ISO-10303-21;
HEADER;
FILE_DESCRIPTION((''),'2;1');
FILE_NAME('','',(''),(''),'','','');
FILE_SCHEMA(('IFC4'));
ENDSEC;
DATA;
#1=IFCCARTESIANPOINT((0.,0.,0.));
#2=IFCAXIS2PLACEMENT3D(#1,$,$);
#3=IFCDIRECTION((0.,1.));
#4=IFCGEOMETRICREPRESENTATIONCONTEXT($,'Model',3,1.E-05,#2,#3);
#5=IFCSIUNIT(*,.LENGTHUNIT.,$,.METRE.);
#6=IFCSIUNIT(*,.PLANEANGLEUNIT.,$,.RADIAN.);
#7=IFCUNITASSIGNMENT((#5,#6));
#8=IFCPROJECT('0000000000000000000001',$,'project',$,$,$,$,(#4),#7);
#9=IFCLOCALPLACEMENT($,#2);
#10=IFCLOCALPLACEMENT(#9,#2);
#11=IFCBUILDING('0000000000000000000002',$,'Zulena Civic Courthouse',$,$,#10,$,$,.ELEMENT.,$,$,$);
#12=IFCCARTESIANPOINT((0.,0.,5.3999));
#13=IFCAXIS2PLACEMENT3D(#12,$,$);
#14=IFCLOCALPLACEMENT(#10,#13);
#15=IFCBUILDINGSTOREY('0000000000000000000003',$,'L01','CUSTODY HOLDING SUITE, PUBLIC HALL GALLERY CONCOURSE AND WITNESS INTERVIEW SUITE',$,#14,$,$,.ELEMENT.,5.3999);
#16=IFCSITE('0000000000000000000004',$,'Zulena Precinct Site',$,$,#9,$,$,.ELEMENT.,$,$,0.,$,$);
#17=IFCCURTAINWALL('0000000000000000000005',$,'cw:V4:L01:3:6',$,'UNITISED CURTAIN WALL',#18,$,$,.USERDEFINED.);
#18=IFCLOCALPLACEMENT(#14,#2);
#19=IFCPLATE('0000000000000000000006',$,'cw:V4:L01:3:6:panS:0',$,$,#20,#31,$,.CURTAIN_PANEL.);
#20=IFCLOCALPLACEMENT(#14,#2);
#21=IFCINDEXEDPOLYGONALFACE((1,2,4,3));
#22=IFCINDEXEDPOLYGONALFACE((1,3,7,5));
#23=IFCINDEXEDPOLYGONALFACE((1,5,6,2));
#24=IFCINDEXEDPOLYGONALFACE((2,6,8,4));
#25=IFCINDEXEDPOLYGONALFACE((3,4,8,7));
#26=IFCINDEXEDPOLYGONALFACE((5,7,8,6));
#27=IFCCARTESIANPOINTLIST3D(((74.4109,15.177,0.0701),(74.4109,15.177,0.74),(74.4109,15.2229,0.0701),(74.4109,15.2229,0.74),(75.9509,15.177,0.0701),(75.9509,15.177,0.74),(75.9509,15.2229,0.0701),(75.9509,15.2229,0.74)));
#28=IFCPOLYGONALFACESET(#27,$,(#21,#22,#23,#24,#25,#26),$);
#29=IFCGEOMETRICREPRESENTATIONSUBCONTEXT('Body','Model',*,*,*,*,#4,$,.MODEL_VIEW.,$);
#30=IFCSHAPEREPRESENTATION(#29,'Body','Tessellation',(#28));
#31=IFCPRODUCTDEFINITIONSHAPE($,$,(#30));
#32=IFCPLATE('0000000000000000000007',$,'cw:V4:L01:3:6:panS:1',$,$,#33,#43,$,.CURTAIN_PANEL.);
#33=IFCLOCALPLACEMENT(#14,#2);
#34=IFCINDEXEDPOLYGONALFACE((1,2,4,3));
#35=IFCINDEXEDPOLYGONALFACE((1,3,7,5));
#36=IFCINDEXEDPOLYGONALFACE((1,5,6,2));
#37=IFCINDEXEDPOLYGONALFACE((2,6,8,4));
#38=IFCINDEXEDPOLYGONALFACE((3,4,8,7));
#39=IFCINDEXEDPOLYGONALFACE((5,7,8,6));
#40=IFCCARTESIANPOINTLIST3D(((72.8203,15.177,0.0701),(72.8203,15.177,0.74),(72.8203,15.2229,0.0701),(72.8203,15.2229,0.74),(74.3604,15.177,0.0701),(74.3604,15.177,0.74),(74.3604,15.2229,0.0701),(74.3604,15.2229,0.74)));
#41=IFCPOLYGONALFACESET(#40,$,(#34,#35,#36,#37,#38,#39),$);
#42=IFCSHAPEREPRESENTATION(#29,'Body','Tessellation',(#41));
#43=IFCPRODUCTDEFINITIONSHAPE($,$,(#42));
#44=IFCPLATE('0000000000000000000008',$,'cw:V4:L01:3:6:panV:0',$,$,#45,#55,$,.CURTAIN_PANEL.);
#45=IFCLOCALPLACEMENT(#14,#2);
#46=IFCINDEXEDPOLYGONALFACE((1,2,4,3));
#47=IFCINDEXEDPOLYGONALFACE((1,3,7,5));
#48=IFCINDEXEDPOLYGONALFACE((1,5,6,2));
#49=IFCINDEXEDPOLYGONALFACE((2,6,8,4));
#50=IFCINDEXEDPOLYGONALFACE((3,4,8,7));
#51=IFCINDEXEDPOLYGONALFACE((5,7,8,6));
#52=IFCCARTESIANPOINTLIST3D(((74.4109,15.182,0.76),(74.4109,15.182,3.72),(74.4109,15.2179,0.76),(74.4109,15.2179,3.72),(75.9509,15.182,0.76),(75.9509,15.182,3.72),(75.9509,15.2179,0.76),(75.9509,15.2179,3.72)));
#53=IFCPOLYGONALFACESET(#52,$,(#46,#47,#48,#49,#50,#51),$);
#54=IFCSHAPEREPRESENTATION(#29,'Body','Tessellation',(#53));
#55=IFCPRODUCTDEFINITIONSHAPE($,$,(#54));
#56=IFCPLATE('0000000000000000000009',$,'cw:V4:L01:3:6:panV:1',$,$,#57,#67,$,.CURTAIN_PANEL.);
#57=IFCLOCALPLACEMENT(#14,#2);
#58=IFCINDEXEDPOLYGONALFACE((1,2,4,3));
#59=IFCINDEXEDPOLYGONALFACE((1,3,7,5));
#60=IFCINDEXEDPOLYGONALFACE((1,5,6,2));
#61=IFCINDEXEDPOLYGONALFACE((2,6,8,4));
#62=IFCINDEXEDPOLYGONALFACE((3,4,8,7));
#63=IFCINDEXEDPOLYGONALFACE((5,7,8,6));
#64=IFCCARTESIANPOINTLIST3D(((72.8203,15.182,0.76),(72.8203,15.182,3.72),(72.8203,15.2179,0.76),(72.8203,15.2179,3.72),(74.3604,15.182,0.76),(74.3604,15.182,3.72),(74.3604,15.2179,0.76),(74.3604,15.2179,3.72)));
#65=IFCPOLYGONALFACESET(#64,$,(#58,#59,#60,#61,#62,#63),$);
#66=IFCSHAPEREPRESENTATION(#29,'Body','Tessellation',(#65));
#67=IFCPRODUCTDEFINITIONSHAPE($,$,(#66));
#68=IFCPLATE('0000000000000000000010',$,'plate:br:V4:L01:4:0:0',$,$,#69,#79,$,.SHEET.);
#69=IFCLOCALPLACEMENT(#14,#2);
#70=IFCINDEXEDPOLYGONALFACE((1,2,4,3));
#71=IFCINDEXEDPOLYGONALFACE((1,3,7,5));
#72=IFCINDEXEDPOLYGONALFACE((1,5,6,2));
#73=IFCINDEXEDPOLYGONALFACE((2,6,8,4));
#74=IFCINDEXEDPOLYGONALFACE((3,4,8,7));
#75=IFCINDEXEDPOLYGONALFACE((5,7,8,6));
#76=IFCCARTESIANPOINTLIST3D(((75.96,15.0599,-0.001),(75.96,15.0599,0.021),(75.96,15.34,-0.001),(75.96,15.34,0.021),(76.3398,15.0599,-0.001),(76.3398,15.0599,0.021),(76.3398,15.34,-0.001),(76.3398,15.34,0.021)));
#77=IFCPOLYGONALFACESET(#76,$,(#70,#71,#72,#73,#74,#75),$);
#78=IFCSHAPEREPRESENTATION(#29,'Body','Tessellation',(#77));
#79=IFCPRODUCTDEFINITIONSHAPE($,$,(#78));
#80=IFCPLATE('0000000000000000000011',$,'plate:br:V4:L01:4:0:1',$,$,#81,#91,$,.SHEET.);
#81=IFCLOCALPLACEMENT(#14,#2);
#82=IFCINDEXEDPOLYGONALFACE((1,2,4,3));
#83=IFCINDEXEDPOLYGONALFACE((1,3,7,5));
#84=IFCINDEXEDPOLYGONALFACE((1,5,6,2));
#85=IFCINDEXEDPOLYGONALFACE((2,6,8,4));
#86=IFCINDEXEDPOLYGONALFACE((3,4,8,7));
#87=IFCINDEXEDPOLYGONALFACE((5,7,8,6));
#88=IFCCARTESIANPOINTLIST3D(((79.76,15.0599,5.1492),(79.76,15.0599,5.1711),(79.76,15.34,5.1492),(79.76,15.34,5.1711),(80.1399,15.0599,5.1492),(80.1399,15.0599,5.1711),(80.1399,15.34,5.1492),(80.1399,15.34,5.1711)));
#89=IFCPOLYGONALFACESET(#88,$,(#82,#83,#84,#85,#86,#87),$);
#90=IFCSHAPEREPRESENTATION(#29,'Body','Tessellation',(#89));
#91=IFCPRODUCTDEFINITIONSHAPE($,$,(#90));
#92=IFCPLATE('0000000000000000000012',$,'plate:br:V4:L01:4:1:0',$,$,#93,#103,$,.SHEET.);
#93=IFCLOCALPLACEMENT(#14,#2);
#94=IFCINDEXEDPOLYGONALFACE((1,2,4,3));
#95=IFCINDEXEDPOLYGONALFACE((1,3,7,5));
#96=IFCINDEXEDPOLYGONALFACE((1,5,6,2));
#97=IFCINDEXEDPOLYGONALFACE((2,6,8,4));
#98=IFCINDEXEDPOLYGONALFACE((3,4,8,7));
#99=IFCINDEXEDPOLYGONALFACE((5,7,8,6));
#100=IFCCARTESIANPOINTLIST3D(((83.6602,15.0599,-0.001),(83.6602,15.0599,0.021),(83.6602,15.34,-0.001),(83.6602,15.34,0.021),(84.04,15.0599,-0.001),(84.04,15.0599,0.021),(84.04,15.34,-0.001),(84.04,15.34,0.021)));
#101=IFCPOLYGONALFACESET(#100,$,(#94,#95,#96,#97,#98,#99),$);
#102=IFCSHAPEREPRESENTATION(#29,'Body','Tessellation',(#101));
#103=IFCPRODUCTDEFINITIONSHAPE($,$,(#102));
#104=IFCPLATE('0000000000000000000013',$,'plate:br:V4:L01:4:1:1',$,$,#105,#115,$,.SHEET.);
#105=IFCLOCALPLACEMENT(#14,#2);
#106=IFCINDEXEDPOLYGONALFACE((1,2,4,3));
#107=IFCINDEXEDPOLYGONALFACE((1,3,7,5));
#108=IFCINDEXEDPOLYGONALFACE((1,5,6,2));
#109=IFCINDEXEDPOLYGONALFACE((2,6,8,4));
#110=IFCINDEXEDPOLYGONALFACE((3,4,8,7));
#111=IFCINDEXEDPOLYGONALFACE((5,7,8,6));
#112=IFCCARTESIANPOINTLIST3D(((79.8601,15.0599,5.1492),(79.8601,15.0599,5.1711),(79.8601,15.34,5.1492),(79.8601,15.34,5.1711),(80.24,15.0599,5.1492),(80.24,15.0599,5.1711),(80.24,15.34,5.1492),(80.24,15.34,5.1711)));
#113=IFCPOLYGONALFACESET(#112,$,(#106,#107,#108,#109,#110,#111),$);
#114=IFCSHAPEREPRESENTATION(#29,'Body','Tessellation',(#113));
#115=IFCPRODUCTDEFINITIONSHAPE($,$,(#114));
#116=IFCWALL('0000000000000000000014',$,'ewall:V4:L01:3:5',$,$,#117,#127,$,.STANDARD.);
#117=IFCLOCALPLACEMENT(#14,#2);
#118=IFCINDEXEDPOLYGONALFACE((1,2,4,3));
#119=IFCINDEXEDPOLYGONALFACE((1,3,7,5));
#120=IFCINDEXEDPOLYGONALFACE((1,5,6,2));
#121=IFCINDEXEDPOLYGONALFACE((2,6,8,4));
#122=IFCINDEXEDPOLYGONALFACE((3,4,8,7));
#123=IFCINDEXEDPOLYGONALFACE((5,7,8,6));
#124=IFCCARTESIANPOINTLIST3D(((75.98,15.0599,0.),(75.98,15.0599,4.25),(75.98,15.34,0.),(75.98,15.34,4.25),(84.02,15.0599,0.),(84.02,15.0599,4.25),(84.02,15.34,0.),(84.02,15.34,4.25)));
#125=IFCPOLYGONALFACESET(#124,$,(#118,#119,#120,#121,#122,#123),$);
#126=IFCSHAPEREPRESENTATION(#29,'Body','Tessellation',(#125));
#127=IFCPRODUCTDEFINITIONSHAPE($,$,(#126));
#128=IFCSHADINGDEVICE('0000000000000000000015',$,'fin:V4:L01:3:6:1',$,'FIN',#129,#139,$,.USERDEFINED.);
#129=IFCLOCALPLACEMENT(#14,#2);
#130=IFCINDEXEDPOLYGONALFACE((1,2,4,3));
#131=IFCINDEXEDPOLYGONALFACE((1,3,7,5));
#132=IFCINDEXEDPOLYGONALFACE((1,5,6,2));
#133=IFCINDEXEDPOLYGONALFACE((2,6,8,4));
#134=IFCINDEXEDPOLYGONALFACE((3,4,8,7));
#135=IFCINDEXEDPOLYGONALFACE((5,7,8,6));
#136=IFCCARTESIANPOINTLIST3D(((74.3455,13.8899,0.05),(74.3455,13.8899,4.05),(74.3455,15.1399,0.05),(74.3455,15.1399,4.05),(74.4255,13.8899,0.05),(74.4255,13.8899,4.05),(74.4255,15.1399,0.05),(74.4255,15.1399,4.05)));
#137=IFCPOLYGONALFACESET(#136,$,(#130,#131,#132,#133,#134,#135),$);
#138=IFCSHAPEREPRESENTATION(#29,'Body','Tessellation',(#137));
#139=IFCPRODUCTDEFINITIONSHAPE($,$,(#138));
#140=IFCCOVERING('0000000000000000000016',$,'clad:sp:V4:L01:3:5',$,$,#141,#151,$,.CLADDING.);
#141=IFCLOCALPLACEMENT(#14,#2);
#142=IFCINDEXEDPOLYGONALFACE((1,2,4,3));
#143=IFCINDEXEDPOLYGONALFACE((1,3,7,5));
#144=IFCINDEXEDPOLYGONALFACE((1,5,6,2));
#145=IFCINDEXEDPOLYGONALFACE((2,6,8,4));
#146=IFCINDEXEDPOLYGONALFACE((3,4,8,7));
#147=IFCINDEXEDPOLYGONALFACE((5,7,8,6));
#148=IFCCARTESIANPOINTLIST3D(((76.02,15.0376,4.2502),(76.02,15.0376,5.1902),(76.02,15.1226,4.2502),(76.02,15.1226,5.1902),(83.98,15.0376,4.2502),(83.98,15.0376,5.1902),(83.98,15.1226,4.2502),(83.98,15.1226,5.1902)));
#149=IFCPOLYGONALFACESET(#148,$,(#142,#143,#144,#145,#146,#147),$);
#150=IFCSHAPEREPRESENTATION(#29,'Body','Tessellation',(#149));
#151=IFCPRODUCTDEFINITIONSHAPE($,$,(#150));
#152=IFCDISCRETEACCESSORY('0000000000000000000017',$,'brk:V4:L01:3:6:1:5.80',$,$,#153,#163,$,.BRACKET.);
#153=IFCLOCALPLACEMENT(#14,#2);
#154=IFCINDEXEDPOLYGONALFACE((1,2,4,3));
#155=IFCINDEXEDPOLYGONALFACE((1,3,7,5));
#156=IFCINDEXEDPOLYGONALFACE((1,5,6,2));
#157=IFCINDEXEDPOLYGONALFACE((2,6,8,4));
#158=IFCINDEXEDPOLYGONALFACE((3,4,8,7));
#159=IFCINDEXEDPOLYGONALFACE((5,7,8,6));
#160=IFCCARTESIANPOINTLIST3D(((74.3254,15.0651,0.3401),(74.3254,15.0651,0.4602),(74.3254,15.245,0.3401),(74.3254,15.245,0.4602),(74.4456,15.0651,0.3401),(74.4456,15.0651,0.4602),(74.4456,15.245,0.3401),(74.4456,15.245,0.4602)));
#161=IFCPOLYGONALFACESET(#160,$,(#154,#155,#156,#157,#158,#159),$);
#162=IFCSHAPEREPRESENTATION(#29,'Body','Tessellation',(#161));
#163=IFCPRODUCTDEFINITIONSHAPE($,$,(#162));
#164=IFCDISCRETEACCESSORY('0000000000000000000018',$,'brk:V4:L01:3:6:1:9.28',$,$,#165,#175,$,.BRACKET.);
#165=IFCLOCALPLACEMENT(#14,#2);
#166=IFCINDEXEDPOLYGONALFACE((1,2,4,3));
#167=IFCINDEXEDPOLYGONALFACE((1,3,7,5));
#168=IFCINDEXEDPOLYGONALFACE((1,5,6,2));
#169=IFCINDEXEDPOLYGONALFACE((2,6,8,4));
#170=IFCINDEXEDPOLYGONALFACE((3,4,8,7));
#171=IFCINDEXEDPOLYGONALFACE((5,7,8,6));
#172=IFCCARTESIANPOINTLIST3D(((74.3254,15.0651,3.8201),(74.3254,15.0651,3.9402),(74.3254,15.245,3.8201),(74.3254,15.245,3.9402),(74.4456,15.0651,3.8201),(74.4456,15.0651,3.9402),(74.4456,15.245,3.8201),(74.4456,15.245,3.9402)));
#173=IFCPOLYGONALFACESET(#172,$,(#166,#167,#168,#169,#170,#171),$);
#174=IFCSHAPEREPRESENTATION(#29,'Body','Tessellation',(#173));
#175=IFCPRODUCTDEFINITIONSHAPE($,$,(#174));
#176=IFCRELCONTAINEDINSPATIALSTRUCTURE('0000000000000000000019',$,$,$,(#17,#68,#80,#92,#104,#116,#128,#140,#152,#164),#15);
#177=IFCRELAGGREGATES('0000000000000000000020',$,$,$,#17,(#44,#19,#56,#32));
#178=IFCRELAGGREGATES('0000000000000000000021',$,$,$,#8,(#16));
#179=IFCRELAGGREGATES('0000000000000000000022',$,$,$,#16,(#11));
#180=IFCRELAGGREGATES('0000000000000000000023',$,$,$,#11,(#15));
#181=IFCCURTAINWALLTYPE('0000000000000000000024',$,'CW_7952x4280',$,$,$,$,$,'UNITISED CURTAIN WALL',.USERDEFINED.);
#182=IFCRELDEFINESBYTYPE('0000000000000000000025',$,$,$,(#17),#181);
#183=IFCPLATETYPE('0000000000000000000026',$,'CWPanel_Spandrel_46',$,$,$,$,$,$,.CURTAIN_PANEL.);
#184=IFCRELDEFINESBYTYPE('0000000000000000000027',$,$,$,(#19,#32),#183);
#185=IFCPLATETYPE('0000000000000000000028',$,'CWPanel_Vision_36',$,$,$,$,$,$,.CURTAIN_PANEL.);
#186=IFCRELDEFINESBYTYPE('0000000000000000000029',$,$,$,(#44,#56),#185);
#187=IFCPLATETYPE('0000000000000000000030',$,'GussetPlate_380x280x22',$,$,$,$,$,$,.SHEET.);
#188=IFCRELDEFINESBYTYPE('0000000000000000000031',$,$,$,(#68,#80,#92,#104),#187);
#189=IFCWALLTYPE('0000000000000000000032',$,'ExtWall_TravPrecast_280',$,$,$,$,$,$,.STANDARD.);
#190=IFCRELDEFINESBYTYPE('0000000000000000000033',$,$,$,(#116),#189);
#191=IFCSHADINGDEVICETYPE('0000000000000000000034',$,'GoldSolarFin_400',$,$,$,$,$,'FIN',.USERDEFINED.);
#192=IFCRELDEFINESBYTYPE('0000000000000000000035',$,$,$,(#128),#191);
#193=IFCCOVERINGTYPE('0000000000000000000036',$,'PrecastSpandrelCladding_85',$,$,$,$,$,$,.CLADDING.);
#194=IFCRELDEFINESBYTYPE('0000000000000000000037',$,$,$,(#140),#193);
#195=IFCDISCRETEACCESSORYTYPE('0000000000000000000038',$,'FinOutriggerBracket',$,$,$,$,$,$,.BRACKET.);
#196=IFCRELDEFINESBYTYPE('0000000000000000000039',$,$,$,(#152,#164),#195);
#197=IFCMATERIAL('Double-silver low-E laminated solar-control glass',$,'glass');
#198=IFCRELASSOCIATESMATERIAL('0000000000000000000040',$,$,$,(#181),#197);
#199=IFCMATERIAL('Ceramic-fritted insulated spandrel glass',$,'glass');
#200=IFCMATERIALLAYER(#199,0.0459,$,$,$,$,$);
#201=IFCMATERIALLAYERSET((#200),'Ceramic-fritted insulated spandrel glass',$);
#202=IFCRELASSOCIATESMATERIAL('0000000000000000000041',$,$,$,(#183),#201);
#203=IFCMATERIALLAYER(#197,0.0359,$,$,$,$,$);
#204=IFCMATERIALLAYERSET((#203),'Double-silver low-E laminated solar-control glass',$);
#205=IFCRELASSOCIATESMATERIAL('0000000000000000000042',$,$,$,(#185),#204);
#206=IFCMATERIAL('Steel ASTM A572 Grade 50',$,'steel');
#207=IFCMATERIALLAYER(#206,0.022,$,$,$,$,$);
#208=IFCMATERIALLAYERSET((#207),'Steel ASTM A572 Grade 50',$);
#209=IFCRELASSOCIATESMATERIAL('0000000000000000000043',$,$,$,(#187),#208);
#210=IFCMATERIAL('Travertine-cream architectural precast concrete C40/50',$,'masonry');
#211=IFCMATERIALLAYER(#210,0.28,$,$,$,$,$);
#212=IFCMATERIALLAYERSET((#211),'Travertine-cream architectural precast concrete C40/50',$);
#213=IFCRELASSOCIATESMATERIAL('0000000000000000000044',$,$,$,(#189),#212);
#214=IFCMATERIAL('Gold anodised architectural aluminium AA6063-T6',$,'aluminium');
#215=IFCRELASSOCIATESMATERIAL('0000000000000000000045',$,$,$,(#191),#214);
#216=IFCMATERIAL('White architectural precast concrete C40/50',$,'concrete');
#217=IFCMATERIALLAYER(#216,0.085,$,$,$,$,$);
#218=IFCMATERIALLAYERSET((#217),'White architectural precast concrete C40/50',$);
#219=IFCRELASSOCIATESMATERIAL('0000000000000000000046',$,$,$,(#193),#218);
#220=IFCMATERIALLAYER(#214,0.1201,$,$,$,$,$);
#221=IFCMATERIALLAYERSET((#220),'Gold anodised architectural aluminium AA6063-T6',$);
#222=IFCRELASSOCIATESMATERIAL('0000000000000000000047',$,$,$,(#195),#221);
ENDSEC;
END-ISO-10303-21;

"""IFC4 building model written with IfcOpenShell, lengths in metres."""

from ifc_helpers import new_model, si_unit, direction, frame, frame_2d, origin, origin_2d, place, context, subcontext, project, spatial, rectangle, extrude, material, layer, layer_set, type_object, element, aggregate, save


model = new_model("IFC4")

# Units and contexts
model_context = context("Model", 3, precision=1e-05, world=origin(), true_north=direction((0.0, 1.0)))
body_context = subcontext(model_context, "Body", "Model", "MODEL_VIEW")
ifc_project = project(units=[si_unit("LENGTHUNIT", "METRE"), si_unit("PLANEANGLEUNIT", "RADIAN")], contexts=[model_context])

# Site, building, storey
site_placement = place(None, origin())
site = spatial("IfcSite", under=ifc_project, at=site_placement, Name="Zulena Precinct Site", CompositionType="ELEMENT", RefElevation=0.0)
building_placement = place(site_placement, origin())
building = spatial("IfcBuilding", under=site, at=building_placement, Name="Zulena Civic Courthouse", CompositionType="ELEMENT")
storey_placement = place(building_placement, frame((0.0, 0.0, 5.3999)))
storey = spatial("IfcBuildingStorey", under=building, at=storey_placement, Name="L01", Description="CUSTODY HOLDING SUITE, PUBLIC HALL GALLERY CONCOURSE AND WITNESS INTERVIEW SUITE", CompositionType="ELEMENT", Elevation=5.3999)

# Shared definitions
ifc_material_1 = material(Name="Double-silver low-E laminated solar-control glass", Category="glass")
curtain_wall_type = type_object("IfcCurtainWallType", Name="CW_7952x4280", ElementType="UNITISED CURTAIN WALL", PredefinedType="USERDEFINED", material=ifc_material_1)

# Curtain wall
curtain_wall_1_placement = place(storey_placement, origin())
curtain_wall_1 = element("IfcCurtainWall", 1, at=curtain_wall_1_placement, inside=storey, type_object=curtain_wall_type, Name="cw:V4:L01:3:6", ObjectType="UNITISED CURTAIN WALL", PredefinedType="USERDEFINED")

# Plates
ifc_material_2 = material(Name="Ceramic-fritted insulated spandrel glass", Category="glass")
ifc_layer_1 = layer(ifc_material_2, 0.0459)
ifc_layer_set_1 = layer_set([ifc_layer_1], Name="Ceramic-fritted insulated spandrel glass")
plate_type_1 = type_object("IfcPlateType", Name="CWPanel_Spandrel_46", PredefinedType="CURTAIN_PANEL", material=ifc_layer_set_1)
plate_1_placement = place(storey_placement, frame((75.1809, 15.2, 0.0701), z_axis=(0.0, 0.0, 1.0), x_axis=(-1.0, 0.0, 0.0)))
plate_1 = element("IfcPlate", 2, at=plate_1_placement, type_object=plate_type_1, Name="cw:V4:L01:3:6:panS:0", PredefinedType="CURTAIN_PANEL", context=body_context, shape_type="SweptSolid", body=[
    extrude(rectangle(XDim=1.54, YDim=0.0459, at=origin_2d()), origin(), (0.0, 0.0, 1.0), 0.6699),
])
plate_2_placement = place(storey_placement, frame((73.5903, 15.2, 0.0701), z_axis=(0.0, 0.0, 1.0), x_axis=(-1.0, 0.0, 0.0)))
plate_2 = element("IfcPlate", 3, at=plate_2_placement, type_object=plate_type_1, Name="cw:V4:L01:3:6:panS:1", PredefinedType="CURTAIN_PANEL", context=body_context, shape_type="SweptSolid", body=[
    extrude(rectangle(XDim=1.54, YDim=0.0459, at=origin_2d()), origin(), (0.0, 0.0, 1.0), 0.6699),
])
ifc_layer_2 = layer(ifc_material_1, 0.0359)
ifc_layer_set_2 = layer_set([ifc_layer_2], Name="Double-silver low-E laminated solar-control glass")
plate_type_2 = type_object("IfcPlateType", Name="CWPanel_Vision_36", PredefinedType="CURTAIN_PANEL", material=ifc_layer_set_2)
plate_3_placement = place(storey_placement, frame((75.1809, 15.2, 0.76), z_axis=(0.0, 0.0, 1.0), x_axis=(-1.0, 0.0, 0.0)))
plate_3 = element("IfcPlate", 4, at=plate_3_placement, type_object=plate_type_2, Name="cw:V4:L01:3:6:panV:0", PredefinedType="CURTAIN_PANEL", context=body_context, shape_type="SweptSolid", body=[
    extrude(rectangle(XDim=1.54, YDim=0.0359, at=origin_2d()), origin(), (0.0, 0.0, 1.0), 2.96),
])
plate_4_placement = place(storey_placement, frame((73.5903, 15.2, 0.76), z_axis=(0.0, 0.0, 1.0), x_axis=(-1.0, 0.0, 0.0)))
plate_4 = element("IfcPlate", 5, at=plate_4_placement, type_object=plate_type_2, Name="cw:V4:L01:3:6:panV:1", PredefinedType="CURTAIN_PANEL", context=body_context, shape_type="SweptSolid", body=[
    extrude(rectangle(XDim=1.54, YDim=0.0359, at=origin_2d()), origin(), (0.0, 0.0, 1.0), 2.96),
])
aggregate(curtain_wall_1, [plate_3, plate_1, plate_4, plate_2])

# Plates
ifc_material_3 = material(Name="Steel ASTM A572 Grade 50", Category="steel")
ifc_layer_3 = layer(ifc_material_3, 0.022)
ifc_layer_set_3 = layer_set([ifc_layer_3], Name="Steel ASTM A572 Grade 50")
plate_type_3 = type_object("IfcPlateType", Name="GussetPlate_380x280x22", PredefinedType="SHEET", material=ifc_layer_set_3)
for number, where, z_axis, x_axis, name in (
    (6, (76.1499, 15.2, -0.001), (0.0, 0.0, 1.0), (1.0, 0.0, 0.0), "plate:br:V4:L01:4:0:0"),
    (7, (79.95, 15.2, 5.1492), (0.0, 0.0, 1.0), (1.0, 0.0, 0.0), "plate:br:V4:L01:4:0:1"),
    (8, (83.8501, 15.2, -0.001), (0.0, 0.0, 1.0), (1.0, 0.0, 0.0), "plate:br:V4:L01:4:1:0"),
    (9, (80.05, 15.2, 5.1492), (0.0, 0.0, 1.0), (1.0, 0.0, 0.0), "plate:br:V4:L01:4:1:1"),
):
    element("IfcPlate", number, at=place(storey_placement, frame(where, z_axis=z_axis, x_axis=x_axis)), inside=storey, type_object=plate_type_3, Name=name, PredefinedType="SHEET", context=body_context, shape_type="SweptSolid", body=[
        extrude(rectangle(XDim=0.3799, YDim=0.28, at=origin_2d()), origin(), (0.0, 0.0, 1.0), 0.022),
    ])

# Wall
ifc_material_4 = material(Name="Travertine-cream architectural precast concrete C40/50", Category="masonry")
ifc_layer_4 = layer(ifc_material_4, 0.28)
ifc_layer_set_4 = layer_set([ifc_layer_4], Name="Travertine-cream architectural precast concrete C40/50")
wall_type = type_object("IfcWallType", Name="ExtWall_TravPrecast_280", PredefinedType="STANDARD", material=ifc_layer_set_4)
wall_placement = place(storey_placement, frame((84.02, 15.2, 0.0), z_axis=(0.0, 0.0, 1.0), x_axis=(-1.0, 0.0, 0.0)))
element("IfcWall", 10, at=wall_placement, inside=storey, type_object=wall_type, Name="ewall:V4:L01:3:5", PredefinedType="STANDARD", context=body_context, shape_type="SweptSolid", body=[
    extrude(rectangle(XDim=8.04, YDim=0.28, at=frame_2d((4.02, 0.0))), origin(), (0.0, 0.0, 1.0), 4.25),
])

# Shading device
ifc_material_5 = material(Name="Gold anodised architectural aluminium AA6063-T6", Category="aluminium")
shading_device_type = type_object("IfcShadingDeviceType", Name="GoldSolarFin_400", ElementType="FIN", PredefinedType="USERDEFINED", material=ifc_material_5)
shading_device_placement = place(storey_placement, frame((74.3855, 14.5149, 0.05), z_axis=(0.0, 0.0, 1.0), x_axis=(0.0, -1.0, 0.0)))
element("IfcShadingDevice", 11, at=shading_device_placement, inside=storey, type_object=shading_device_type, Name="fin:V4:L01:3:6:1", ObjectType="FIN", PredefinedType="USERDEFINED", context=body_context, shape_type="SweptSolid", body=[
    extrude(rectangle(XDim=1.25, YDim=0.0801, at=origin_2d()), origin(), (0.0, 0.0, 1.0), 4.0),
])

# Covering
ifc_material_6 = material(Name="White architectural precast concrete C40/50", Category="concrete")
ifc_layer_5 = layer(ifc_material_6, 0.085)
ifc_layer_set_5 = layer_set([ifc_layer_5], Name="White architectural precast concrete C40/50")
covering_type = type_object("IfcCoveringType", Name="PrecastSpandrelCladding_85", PredefinedType="CLADDING", material=ifc_layer_set_5)
covering_placement = place(storey_placement, frame((80.0, 15.0801, 4.2502), z_axis=(0.0, 0.0, 1.0), x_axis=(-1.0, 0.0, 0.0)))
element("IfcCovering", 12, at=covering_placement, inside=storey, type_object=covering_type, Name="clad:sp:V4:L01:3:5", PredefinedType="CLADDING", context=body_context, shape_type="SweptSolid", body=[
    extrude(rectangle(XDim=7.96, YDim=0.085, at=origin_2d()), origin(), (0.0, 0.0, 1.0), 0.9399),
])

# Discrete accessories
ifc_layer_6 = layer(ifc_material_5, 0.1201)
ifc_layer_set_6 = layer_set([ifc_layer_6], Name="Gold anodised architectural aluminium AA6063-T6")
discrete_accessory_type = type_object("IfcDiscreteAccessoryType", Name="FinOutriggerBracket", PredefinedType="BRACKET", material=ifc_layer_set_6)
for number, where, z_axis, x_axis, name in (
    (13, (74.3855, 15.155, 0.3401), (0.0, 0.0, 1.0), (0.0, -1.0, 0.0), "brk:V4:L01:3:6:1:5.80"),
    (14, (74.3855, 15.155, 3.8201), (0.0, 0.0, 1.0), (0.0, -1.0, 0.0), "brk:V4:L01:3:6:1:9.28"),
):
    element("IfcDiscreteAccessory", number, at=place(storey_placement, frame(where, z_axis=z_axis, x_axis=x_axis)), inside=storey, type_object=discrete_accessory_type, Name=name, PredefinedType="BRACKET", context=body_context, shape_type="SweptSolid", body=[
        extrude(rectangle(XDim=0.1799, YDim=0.1201, at=origin_2d()), origin(), (0.0, 0.0, 1.0), 0.1201),
    ])

save(model, "model.ifc")
